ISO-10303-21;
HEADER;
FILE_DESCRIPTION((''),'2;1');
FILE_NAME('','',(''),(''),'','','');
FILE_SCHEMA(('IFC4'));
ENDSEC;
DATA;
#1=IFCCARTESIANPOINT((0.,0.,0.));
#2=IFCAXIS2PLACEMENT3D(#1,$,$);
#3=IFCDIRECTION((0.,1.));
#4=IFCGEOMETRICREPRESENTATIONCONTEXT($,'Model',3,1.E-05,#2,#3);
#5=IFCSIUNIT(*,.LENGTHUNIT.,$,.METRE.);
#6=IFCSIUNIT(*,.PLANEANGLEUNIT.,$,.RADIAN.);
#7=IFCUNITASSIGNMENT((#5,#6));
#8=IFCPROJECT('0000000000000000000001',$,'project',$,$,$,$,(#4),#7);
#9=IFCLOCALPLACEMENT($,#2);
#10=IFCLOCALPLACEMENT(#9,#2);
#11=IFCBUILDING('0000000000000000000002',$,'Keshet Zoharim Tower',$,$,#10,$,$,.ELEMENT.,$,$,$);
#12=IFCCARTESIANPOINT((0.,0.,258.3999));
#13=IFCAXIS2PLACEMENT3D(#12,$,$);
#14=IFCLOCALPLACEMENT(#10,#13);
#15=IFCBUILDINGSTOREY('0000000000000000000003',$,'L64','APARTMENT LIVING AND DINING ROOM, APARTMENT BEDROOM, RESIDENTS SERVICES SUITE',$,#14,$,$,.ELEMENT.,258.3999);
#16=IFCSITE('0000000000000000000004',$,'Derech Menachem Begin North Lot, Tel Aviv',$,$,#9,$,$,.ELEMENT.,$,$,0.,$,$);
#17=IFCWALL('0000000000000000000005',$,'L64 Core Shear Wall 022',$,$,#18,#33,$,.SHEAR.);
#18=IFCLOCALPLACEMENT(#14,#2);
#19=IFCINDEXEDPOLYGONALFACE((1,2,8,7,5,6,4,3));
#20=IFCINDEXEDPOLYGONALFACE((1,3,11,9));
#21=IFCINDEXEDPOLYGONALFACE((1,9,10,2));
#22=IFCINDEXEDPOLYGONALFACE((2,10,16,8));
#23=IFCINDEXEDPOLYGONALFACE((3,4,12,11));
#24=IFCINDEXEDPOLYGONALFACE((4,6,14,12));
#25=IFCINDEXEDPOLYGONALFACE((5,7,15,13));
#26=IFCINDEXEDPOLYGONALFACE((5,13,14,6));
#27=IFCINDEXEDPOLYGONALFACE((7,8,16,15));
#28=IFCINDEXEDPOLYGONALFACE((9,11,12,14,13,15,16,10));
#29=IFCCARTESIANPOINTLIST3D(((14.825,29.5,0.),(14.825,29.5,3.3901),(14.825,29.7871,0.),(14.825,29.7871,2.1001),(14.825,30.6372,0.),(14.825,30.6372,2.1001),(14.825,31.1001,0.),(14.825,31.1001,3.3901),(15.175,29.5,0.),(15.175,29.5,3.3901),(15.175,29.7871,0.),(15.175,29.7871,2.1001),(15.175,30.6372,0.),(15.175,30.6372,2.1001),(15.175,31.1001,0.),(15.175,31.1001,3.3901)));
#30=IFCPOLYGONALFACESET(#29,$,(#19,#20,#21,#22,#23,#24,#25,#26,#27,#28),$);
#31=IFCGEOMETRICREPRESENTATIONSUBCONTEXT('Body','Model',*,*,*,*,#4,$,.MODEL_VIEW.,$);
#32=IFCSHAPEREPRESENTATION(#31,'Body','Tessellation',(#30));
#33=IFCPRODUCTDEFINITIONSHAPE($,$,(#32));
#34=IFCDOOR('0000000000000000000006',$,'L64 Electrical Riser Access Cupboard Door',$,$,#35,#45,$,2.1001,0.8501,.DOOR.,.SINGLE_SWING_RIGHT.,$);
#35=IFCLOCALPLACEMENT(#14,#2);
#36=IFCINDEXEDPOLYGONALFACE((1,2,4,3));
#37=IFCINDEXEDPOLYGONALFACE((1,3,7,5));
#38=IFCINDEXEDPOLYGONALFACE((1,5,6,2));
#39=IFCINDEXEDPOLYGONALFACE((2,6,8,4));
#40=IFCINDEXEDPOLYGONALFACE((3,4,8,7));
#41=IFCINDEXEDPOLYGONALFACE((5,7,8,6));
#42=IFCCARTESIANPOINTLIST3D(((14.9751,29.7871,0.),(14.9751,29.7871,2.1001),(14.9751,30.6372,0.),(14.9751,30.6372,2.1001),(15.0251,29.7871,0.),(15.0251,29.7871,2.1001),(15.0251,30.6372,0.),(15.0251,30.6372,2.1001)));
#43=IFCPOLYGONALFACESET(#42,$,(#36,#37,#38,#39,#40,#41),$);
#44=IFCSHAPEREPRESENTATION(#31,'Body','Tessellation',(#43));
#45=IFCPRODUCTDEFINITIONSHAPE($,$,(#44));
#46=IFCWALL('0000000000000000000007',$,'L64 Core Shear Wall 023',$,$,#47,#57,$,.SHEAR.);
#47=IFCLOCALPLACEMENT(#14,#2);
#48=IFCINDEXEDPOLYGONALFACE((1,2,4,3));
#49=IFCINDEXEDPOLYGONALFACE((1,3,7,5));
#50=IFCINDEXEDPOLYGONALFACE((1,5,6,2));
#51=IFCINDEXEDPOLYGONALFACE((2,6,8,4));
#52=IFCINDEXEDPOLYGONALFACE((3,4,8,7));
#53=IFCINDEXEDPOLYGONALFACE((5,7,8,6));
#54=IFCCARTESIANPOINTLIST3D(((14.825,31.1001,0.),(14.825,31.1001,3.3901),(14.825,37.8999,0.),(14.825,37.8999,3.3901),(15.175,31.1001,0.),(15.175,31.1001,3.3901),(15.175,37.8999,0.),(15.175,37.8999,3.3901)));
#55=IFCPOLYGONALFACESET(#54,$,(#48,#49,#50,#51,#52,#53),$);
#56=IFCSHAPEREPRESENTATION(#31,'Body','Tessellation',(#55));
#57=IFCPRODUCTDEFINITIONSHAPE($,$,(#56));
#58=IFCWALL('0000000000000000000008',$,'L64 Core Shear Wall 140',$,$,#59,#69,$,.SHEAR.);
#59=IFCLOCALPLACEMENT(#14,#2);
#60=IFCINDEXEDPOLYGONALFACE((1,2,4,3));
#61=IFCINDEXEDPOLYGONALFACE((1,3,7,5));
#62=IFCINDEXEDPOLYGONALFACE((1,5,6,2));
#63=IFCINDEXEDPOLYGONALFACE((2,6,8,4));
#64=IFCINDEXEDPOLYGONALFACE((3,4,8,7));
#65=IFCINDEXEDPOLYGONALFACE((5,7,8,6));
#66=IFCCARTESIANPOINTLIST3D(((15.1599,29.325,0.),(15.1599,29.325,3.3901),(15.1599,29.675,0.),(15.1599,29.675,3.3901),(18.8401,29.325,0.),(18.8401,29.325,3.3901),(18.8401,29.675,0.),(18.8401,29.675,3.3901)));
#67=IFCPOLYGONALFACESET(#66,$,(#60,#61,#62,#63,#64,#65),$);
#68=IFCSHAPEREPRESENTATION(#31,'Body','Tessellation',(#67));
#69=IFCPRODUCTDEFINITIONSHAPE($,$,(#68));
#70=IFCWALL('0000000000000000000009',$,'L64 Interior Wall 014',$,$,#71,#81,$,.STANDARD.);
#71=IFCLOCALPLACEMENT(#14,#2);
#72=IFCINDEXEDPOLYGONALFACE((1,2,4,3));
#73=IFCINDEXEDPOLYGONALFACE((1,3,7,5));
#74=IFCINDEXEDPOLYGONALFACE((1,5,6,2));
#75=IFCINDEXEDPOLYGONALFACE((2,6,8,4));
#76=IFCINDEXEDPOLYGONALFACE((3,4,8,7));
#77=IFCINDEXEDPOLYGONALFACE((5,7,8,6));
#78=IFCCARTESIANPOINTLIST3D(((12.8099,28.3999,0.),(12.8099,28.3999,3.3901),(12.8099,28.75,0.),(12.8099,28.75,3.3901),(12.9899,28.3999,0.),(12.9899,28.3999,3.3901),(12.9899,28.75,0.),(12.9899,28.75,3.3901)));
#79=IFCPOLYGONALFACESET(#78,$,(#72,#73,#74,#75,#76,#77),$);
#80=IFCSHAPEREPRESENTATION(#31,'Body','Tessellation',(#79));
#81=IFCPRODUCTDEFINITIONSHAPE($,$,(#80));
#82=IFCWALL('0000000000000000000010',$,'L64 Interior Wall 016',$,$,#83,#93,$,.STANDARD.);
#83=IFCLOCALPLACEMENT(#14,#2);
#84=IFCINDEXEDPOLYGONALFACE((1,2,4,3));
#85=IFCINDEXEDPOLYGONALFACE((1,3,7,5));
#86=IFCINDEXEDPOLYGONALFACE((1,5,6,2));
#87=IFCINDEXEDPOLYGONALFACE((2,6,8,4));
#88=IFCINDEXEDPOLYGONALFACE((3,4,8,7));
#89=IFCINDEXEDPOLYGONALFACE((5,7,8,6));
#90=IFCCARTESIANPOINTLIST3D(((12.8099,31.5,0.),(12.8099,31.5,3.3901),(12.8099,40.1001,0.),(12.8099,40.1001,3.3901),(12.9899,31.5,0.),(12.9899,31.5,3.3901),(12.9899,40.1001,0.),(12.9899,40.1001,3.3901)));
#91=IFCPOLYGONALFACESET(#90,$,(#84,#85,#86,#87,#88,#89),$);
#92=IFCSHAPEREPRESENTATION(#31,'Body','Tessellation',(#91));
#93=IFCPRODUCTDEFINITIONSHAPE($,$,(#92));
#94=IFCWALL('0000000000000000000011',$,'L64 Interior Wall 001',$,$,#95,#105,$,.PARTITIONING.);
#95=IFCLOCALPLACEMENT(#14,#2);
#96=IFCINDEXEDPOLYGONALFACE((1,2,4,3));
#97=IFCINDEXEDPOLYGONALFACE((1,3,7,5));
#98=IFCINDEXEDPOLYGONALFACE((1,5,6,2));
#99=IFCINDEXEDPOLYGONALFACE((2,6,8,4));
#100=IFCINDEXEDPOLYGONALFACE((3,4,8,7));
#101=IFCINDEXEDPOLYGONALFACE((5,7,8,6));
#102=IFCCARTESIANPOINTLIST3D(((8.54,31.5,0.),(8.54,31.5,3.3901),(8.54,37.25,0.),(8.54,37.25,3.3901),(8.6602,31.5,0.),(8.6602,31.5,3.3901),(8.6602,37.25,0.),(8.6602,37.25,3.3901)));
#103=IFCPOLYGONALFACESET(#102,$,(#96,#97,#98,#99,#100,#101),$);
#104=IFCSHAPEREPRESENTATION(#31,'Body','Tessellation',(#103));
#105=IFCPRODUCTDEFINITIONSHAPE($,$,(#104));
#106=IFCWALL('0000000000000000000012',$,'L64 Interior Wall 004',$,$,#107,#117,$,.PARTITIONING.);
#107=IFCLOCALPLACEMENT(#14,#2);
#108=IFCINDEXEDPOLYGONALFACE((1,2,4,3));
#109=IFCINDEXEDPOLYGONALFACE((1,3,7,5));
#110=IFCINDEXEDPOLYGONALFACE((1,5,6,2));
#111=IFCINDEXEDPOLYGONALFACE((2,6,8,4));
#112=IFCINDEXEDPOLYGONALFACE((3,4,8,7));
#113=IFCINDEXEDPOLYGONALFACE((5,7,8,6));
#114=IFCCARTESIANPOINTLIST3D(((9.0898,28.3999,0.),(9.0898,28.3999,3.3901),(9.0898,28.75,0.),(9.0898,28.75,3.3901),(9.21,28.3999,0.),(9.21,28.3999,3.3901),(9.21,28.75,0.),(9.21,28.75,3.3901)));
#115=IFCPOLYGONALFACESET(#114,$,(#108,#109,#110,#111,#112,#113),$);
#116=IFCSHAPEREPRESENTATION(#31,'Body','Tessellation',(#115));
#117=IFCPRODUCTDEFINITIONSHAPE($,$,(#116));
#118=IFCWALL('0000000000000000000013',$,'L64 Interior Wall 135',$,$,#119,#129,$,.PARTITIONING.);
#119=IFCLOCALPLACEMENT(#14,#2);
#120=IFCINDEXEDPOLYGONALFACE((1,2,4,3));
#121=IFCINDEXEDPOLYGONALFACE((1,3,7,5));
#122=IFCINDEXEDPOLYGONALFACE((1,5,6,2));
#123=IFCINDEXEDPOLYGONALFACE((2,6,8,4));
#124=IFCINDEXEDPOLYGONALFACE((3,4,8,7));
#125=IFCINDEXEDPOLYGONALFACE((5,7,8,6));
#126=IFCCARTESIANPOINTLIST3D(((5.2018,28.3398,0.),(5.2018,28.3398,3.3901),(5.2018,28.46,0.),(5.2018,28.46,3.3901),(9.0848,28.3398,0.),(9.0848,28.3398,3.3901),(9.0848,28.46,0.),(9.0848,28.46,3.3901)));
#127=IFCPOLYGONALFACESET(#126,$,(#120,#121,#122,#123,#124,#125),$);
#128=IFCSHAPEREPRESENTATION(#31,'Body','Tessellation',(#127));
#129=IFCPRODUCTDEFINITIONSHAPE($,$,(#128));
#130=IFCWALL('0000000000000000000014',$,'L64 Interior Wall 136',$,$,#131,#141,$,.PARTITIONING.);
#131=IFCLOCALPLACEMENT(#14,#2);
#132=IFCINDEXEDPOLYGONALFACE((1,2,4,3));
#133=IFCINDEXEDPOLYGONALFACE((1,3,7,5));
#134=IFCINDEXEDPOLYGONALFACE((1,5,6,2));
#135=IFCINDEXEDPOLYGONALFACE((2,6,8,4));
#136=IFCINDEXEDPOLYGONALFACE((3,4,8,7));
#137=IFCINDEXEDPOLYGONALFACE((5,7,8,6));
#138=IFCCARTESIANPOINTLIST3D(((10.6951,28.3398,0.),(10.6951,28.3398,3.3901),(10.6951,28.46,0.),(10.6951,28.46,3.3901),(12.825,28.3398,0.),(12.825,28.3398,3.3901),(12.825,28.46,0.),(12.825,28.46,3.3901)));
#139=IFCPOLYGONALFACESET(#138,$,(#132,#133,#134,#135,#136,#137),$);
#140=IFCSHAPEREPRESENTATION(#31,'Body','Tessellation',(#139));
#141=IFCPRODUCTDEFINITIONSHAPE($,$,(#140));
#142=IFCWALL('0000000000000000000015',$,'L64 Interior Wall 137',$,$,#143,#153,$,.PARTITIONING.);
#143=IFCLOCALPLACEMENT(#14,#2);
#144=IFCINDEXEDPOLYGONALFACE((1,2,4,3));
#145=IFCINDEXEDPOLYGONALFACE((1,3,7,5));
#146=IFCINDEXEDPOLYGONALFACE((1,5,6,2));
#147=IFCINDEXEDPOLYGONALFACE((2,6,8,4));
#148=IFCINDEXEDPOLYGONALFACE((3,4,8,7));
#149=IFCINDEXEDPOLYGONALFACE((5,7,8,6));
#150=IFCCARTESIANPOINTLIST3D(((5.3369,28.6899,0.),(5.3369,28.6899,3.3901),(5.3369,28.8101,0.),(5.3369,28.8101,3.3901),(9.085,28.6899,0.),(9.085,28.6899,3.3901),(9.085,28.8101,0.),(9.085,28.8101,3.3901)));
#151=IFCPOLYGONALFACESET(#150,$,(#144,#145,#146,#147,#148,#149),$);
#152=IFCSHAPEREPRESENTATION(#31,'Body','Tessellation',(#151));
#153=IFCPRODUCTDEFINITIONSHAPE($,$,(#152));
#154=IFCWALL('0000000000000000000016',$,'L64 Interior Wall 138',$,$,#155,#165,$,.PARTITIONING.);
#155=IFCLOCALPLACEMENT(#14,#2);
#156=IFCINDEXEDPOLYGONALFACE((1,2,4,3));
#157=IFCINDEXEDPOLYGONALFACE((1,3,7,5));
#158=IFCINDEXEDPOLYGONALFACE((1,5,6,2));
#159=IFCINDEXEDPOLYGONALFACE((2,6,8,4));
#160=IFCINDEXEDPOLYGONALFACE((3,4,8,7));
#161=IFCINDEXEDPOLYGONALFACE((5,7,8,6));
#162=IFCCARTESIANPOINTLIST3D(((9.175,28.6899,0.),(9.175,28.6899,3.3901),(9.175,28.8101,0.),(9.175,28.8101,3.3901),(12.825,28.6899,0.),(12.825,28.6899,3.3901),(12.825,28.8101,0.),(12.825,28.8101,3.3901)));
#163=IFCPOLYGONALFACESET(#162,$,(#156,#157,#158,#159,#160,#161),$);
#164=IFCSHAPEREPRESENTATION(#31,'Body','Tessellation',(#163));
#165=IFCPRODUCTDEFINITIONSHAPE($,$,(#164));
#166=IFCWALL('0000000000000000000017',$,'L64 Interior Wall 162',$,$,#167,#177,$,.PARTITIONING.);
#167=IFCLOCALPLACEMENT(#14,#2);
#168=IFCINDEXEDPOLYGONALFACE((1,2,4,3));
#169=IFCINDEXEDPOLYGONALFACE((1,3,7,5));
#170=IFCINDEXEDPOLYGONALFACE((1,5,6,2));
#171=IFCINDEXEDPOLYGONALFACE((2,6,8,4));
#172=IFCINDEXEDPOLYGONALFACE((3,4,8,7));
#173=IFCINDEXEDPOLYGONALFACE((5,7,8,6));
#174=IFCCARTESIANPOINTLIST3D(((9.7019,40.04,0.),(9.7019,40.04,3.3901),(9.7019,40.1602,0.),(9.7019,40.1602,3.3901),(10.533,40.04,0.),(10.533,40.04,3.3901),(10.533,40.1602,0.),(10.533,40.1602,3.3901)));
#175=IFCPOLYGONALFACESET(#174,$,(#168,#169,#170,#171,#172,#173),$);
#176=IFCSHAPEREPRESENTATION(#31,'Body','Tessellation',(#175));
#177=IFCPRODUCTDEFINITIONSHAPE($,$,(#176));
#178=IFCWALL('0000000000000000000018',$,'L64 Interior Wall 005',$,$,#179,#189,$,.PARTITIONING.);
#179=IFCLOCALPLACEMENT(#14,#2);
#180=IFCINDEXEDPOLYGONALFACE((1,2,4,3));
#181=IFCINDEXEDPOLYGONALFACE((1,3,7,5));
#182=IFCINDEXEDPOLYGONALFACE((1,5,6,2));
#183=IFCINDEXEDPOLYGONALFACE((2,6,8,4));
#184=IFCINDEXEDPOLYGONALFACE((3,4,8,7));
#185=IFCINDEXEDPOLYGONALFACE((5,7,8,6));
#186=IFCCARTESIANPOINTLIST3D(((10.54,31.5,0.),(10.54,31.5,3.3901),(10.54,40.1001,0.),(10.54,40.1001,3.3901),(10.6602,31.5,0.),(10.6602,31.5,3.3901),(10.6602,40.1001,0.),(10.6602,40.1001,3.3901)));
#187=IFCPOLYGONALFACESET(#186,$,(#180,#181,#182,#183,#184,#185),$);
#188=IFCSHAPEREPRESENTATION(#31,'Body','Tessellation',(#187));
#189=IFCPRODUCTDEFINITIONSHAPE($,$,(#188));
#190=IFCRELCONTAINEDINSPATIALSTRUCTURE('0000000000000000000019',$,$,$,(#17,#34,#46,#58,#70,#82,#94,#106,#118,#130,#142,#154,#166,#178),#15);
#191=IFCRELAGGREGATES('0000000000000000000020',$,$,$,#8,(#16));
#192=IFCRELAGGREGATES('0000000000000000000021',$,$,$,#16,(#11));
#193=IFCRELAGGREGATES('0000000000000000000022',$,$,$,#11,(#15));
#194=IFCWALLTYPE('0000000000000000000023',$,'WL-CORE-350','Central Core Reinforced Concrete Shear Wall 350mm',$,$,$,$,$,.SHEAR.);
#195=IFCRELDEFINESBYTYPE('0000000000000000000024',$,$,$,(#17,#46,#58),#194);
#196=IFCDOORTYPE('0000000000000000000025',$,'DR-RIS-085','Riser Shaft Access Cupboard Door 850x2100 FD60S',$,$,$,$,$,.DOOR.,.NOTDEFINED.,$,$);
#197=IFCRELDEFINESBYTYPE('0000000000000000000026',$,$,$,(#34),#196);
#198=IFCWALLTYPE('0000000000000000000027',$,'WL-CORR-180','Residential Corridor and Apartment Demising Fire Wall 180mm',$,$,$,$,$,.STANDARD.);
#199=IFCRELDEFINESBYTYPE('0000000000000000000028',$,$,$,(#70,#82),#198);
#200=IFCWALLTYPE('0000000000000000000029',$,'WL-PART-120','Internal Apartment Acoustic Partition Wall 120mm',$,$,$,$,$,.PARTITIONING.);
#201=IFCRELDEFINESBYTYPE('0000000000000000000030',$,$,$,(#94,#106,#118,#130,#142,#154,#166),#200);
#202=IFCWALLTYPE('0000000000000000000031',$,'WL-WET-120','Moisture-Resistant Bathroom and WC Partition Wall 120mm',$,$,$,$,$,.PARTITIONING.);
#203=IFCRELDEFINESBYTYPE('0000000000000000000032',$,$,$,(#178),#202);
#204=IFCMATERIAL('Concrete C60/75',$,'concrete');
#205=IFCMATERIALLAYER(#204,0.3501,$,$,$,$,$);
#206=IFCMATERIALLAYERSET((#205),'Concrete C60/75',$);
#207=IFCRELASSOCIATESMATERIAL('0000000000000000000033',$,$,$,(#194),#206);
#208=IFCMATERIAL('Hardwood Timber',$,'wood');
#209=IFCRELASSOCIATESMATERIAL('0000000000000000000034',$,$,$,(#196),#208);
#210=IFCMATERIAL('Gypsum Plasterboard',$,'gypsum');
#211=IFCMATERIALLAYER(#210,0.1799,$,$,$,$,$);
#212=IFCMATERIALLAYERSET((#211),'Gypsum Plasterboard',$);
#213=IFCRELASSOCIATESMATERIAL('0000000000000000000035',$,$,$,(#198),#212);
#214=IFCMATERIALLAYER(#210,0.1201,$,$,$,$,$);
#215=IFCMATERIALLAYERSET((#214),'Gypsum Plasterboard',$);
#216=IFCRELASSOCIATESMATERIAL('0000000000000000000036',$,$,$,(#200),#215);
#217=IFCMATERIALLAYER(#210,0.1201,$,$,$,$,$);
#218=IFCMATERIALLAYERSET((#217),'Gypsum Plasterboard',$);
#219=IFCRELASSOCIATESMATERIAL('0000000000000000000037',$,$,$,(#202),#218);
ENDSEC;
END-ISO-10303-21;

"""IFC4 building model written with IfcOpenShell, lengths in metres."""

from ifc_helpers import new_model, si_unit, direction, frame, frame_2d, origin, place, context, subcontext, project, spatial, rectangle, extrude, material, layer, layer_set, type_object, element, fill, save


model = new_model("IFC4")

# Units and contexts
model_context = context("Model", 3, precision=1e-05, world=origin(), true_north=direction((0.0, 1.0)))
body_context = subcontext(model_context, "Body", "Model", "MODEL_VIEW")
ifc_project = project(units=[si_unit("LENGTHUNIT", "METRE"), si_unit("PLANEANGLEUNIT", "RADIAN")], contexts=[model_context])

# Site, building, storey
site_placement = place(None, origin())
site = spatial("IfcSite", under=ifc_project, at=site_placement, Name="Derech Menachem Begin North Lot, Tel Aviv", CompositionType="ELEMENT", RefElevation=0.0)
building_placement = place(site_placement, origin())
building = spatial("IfcBuilding", under=site, at=building_placement, Name="Keshet Zoharim Tower", CompositionType="ELEMENT")
storey_placement = place(building_placement, frame((0.0, 0.0, 258.3999)))
storey = spatial("IfcBuildingStorey", under=building, at=storey_placement, Name="L64", Description="APARTMENT LIVING AND DINING ROOM, APARTMENT BEDROOM, RESIDENTS SERVICES SUITE", CompositionType="ELEMENT", Elevation=258.3999)

# Wall, opening, door
ifc_material_1 = material(Name="Concrete C60/75", Category="concrete")
ifc_layer_1 = layer(ifc_material_1, 0.3501)
ifc_layer_set_1 = layer_set([ifc_layer_1], Name="Concrete C60/75")
wall_type_1 = type_object("IfcWallType", Name="WL-CORE-350", Description="Central Core Reinforced Concrete Shear Wall 350mm", PredefinedType="SHEAR", material=ifc_layer_set_1)
wall_1_placement = place(storey_placement, frame((15.0, 29.5, 0.0), z_axis=(0.0, 0.0, 1.0), x_axis=(0.0, 1.0, 0.0)))
wall_1 = element("IfcWall", 1, at=wall_1_placement, inside=storey, type_object=wall_type_1, Name="L64 Core Shear Wall 022", PredefinedType="SHEAR", context=body_context, shape_type="SweptSolid", body=[
    extrude(rectangle(XDim=1.6001, YDim=0.3501, at=frame_2d((0.8, 0.0))), origin(), (0.0, 0.0, 1.0), 3.3901),
])
opening_1_placement = place(wall_1_placement, frame((0.2871, 0.0, 0.0)))
opening_1 = element("IfcOpeningElement", 2, at=opening_1_placement, cuts=wall_1, PredefinedType="OPENING", context=body_context, shape_type="SweptSolid", body=[
    extrude(rectangle(XDim=0.8501, YDim=2.1001, at=frame_2d((0.425, 1.05))), frame((0.0, 0.1851, 0.0), z_axis=(0.0, -1.0, 0.0), x_axis=(1.0, 0.0, 0.0)), (0.0, 0.0, 1.0), 0.3701),
])
ifc_material_2 = material(Name="Hardwood Timber", Category="wood")
door_type_1 = type_object("IfcDoorType", Name="DR-RIS-085", Description="Riser Shaft Access Cupboard Door 850x2100 FD60S", OperationType="NOTDEFINED", PredefinedType="DOOR", material=ifc_material_2)
door_1_placement = place(opening_1_placement, origin())
door_1 = element("IfcDoor", 3, at=door_1_placement, inside=storey, type_object=door_type_1, Name="L64 Electrical Riser Access Cupboard Door", OperationType="SINGLE_SWING_RIGHT", OverallHeight=2.1001, OverallWidth=0.8501, PredefinedType="DOOR", context=body_context, shape_type="SweptSolid", body=[
    extrude(rectangle(XDim=0.8501, YDim=2.1001, at=frame_2d((0.425, 1.05))), frame((0.0, 0.0249, 0.0), z_axis=(0.0, -1.0, 0.0), x_axis=(1.0, 0.0, 0.0)), (0.0, 0.0, 1.0), 0.05),
])
fill(opening_1, door_1)

# Walls
wall_2_placement = place(storey_placement, frame((15.0, 31.1001, 0.0), z_axis=(0.0, 0.0, 1.0), x_axis=(0.0, 1.0, 0.0)))
element("IfcWall", 4, at=wall_2_placement, inside=storey, type_object=wall_type_1, Name="L64 Core Shear Wall 023", PredefinedType="SHEAR", context=body_context, shape_type="SweptSolid", body=[
    extrude(rectangle(XDim=6.7998, YDim=0.3501, at=frame_2d((3.3999, 0.0))), origin(), (0.0, 0.0, 1.0), 3.3901),
])
wall_3_placement = place(storey_placement, frame((15.1599, 29.5, 0.0), z_axis=(0.0, 0.0, 1.0), x_axis=(1.0, 0.0, 0.0)))
element("IfcWall", 5, at=wall_3_placement, inside=storey, type_object=wall_type_1, Name="L64 Core Shear Wall 140", PredefinedType="SHEAR", context=body_context, shape_type="SweptSolid", body=[
    extrude(rectangle(XDim=3.6802, YDim=0.3501, at=frame_2d((1.8401, 0.0))), origin(), (0.0, 0.0, 1.0), 3.3901),
])
ifc_material_3 = material(Name="Gypsum Plasterboard", Category="gypsum")
ifc_layer_2 = layer(ifc_material_3, 0.1799)
ifc_layer_set_2 = layer_set([ifc_layer_2], Name="Gypsum Plasterboard")
wall_type_2 = type_object("IfcWallType", Name="WL-CORR-180", Description="Residential Corridor and Apartment Demising Fire Wall 180mm", PredefinedType="STANDARD", material=ifc_layer_set_2)
wall_4_placement = place(storey_placement, frame((12.8999, 28.3999, 0.0), z_axis=(0.0, 0.0, 1.0), x_axis=(0.0, 1.0, 0.0)))
element("IfcWall", 6, at=wall_4_placement, inside=storey, type_object=wall_type_2, Name="L64 Interior Wall 014", PredefinedType="STANDARD", context=body_context, shape_type="SweptSolid", body=[
    extrude(rectangle(XDim=0.3501, YDim=0.1799, at=frame_2d((0.175, 0.0))), origin(), (0.0, 0.0, 1.0), 3.3901),
])

# Walls
wall_5_placement = place(storey_placement, frame((12.8999, 31.5, 0.0), z_axis=(0.0, 0.0, 1.0), x_axis=(0.0, 1.0, 0.0)))
element("IfcWall", 7, at=wall_5_placement, inside=storey, type_object=wall_type_2, Name="L64 Interior Wall 016", PredefinedType="STANDARD", context=body_context, shape_type="SweptSolid", body=[
    extrude(rectangle(XDim=8.6001, YDim=0.1799, at=frame_2d((4.3, 0.0))), origin(), (0.0, 0.0, 1.0), 3.3901),
])
ifc_layer_3 = layer(ifc_material_3, 0.1201)
ifc_layer_set_3 = layer_set([ifc_layer_3], Name="Gypsum Plasterboard")
wall_type_3 = type_object("IfcWallType", Name="WL-PART-120", Description="Internal Apartment Acoustic Partition Wall 120mm", PredefinedType="PARTITIONING", material=ifc_layer_set_3)
wall_6_placement = place(storey_placement, frame((8.6001, 31.5, 0.0), z_axis=(0.0, 0.0, 1.0), x_axis=(0.0, 1.0, 0.0)))
element("IfcWall", 8, at=wall_6_placement, inside=storey, type_object=wall_type_3, Name="L64 Interior Wall 001", PredefinedType="PARTITIONING", context=body_context, shape_type="SweptSolid", body=[
    extrude(rectangle(XDim=5.75, YDim=0.1201, at=frame_2d((2.875, 0.0))), origin(), (0.0, 0.0, 1.0), 3.3901),
])
wall_7_placement = place(storey_placement, frame((9.1499, 28.3999, 0.0), z_axis=(0.0, 0.0, 1.0), x_axis=(0.0, 1.0, 0.0)))
element("IfcWall", 9, at=wall_7_placement, inside=storey, type_object=wall_type_3, Name="L64 Interior Wall 004", PredefinedType="PARTITIONING", context=body_context, shape_type="SweptSolid", body=[
    extrude(rectangle(XDim=0.3501, YDim=0.1201, at=frame_2d((0.175, 0.0))), origin(), (0.0, 0.0, 1.0), 3.3901),
])
wall_8_placement = place(storey_placement, frame((5.2019, 28.3999, 0.0), z_axis=(0.0, 0.0, 1.0), x_axis=(1.0, 0.0, 0.0)))
element("IfcWall", 10, at=wall_8_placement, inside=storey, type_object=wall_type_3, Name="L64 Interior Wall 135", PredefinedType="PARTITIONING", context=body_context, shape_type="SweptSolid", body=[
    extrude(rectangle(XDim=3.8831, YDim=0.1201, at=frame_2d((1.9414, 0.0))), origin(), (0.0, 0.0, 1.0), 3.3901),
])
wall_9_placement = place(storey_placement, frame((10.6951, 28.3999, 0.0), z_axis=(0.0, 0.0, 1.0), x_axis=(1.0, 0.0, 0.0)))
element("IfcWall", 11, at=wall_9_placement, inside=storey, type_object=wall_type_3, Name="L64 Interior Wall 136", PredefinedType="PARTITIONING", context=body_context, shape_type="SweptSolid", body=[
    extrude(rectangle(XDim=2.1299, YDim=0.1201, at=frame_2d((1.0649, 0.0))), origin(), (0.0, 0.0, 1.0), 3.3901),
])
wall_10_placement = place(storey_placement, frame((5.3369, 28.75, 0.0), z_axis=(0.0, 0.0, 1.0), x_axis=(1.0, 0.0, 0.0)))
element("IfcWall", 12, at=wall_10_placement, inside=storey, type_object=wall_type_3, Name="L64 Interior Wall 137", PredefinedType="PARTITIONING", context=body_context, shape_type="SweptSolid", body=[
    extrude(rectangle(XDim=3.748, YDim=0.1201, at=frame_2d((1.874, 0.0))), origin(), (0.0, 0.0, 1.0), 3.3901),
])
wall_11_placement = place(storey_placement, frame((9.175, 28.75, 0.0), z_axis=(0.0, 0.0, 1.0), x_axis=(1.0, 0.0, 0.0)))
element("IfcWall", 13, at=wall_11_placement, inside=storey, type_object=wall_type_3, Name="L64 Interior Wall 138", PredefinedType="PARTITIONING", context=body_context, shape_type="SweptSolid", body=[
    extrude(rectangle(XDim=3.6499, YDim=0.1201, at=frame_2d((1.825, 0.0))), origin(), (0.0, 0.0, 1.0), 3.3901),
])

# Walls
wall_12_placement = place(storey_placement, frame((9.7019, 40.1001, 0.0), z_axis=(0.0, 0.0, 1.0), x_axis=(1.0, 0.0, 0.0)))
element("IfcWall", 14, at=wall_12_placement, inside=storey, type_object=wall_type_3, Name="L64 Interior Wall 162", PredefinedType="PARTITIONING", context=body_context, shape_type="SweptSolid", body=[
    extrude(rectangle(XDim=0.8311, YDim=0.1201, at=frame_2d((0.4155, 0.0))), origin(), (0.0, 0.0, 1.0), 3.3901),
])
ifc_layer_4 = layer(ifc_material_3, 0.1201)
ifc_layer_set_4 = layer_set([ifc_layer_4], Name="Gypsum Plasterboard")
wall_type_4 = type_object("IfcWallType", Name="WL-WET-120", Description="Moisture-Resistant Bathroom and WC Partition Wall 120mm", PredefinedType="PARTITIONING", material=ifc_layer_set_4)
wall_13_placement = place(storey_placement, frame((10.6001, 31.5, 0.0), z_axis=(0.0, 0.0, 1.0), x_axis=(0.0, 1.0, 0.0)))
element("IfcWall", 15, at=wall_13_placement, inside=storey, type_object=wall_type_4, Name="L64 Interior Wall 005", PredefinedType="PARTITIONING", context=body_context, shape_type="SweptSolid", body=[
    extrude(rectangle(XDim=8.6001, YDim=0.1201, at=frame_2d((4.3, 0.0))), origin(), (0.0, 0.0, 1.0), 3.3901),
])

save(model, "model.ifc")
